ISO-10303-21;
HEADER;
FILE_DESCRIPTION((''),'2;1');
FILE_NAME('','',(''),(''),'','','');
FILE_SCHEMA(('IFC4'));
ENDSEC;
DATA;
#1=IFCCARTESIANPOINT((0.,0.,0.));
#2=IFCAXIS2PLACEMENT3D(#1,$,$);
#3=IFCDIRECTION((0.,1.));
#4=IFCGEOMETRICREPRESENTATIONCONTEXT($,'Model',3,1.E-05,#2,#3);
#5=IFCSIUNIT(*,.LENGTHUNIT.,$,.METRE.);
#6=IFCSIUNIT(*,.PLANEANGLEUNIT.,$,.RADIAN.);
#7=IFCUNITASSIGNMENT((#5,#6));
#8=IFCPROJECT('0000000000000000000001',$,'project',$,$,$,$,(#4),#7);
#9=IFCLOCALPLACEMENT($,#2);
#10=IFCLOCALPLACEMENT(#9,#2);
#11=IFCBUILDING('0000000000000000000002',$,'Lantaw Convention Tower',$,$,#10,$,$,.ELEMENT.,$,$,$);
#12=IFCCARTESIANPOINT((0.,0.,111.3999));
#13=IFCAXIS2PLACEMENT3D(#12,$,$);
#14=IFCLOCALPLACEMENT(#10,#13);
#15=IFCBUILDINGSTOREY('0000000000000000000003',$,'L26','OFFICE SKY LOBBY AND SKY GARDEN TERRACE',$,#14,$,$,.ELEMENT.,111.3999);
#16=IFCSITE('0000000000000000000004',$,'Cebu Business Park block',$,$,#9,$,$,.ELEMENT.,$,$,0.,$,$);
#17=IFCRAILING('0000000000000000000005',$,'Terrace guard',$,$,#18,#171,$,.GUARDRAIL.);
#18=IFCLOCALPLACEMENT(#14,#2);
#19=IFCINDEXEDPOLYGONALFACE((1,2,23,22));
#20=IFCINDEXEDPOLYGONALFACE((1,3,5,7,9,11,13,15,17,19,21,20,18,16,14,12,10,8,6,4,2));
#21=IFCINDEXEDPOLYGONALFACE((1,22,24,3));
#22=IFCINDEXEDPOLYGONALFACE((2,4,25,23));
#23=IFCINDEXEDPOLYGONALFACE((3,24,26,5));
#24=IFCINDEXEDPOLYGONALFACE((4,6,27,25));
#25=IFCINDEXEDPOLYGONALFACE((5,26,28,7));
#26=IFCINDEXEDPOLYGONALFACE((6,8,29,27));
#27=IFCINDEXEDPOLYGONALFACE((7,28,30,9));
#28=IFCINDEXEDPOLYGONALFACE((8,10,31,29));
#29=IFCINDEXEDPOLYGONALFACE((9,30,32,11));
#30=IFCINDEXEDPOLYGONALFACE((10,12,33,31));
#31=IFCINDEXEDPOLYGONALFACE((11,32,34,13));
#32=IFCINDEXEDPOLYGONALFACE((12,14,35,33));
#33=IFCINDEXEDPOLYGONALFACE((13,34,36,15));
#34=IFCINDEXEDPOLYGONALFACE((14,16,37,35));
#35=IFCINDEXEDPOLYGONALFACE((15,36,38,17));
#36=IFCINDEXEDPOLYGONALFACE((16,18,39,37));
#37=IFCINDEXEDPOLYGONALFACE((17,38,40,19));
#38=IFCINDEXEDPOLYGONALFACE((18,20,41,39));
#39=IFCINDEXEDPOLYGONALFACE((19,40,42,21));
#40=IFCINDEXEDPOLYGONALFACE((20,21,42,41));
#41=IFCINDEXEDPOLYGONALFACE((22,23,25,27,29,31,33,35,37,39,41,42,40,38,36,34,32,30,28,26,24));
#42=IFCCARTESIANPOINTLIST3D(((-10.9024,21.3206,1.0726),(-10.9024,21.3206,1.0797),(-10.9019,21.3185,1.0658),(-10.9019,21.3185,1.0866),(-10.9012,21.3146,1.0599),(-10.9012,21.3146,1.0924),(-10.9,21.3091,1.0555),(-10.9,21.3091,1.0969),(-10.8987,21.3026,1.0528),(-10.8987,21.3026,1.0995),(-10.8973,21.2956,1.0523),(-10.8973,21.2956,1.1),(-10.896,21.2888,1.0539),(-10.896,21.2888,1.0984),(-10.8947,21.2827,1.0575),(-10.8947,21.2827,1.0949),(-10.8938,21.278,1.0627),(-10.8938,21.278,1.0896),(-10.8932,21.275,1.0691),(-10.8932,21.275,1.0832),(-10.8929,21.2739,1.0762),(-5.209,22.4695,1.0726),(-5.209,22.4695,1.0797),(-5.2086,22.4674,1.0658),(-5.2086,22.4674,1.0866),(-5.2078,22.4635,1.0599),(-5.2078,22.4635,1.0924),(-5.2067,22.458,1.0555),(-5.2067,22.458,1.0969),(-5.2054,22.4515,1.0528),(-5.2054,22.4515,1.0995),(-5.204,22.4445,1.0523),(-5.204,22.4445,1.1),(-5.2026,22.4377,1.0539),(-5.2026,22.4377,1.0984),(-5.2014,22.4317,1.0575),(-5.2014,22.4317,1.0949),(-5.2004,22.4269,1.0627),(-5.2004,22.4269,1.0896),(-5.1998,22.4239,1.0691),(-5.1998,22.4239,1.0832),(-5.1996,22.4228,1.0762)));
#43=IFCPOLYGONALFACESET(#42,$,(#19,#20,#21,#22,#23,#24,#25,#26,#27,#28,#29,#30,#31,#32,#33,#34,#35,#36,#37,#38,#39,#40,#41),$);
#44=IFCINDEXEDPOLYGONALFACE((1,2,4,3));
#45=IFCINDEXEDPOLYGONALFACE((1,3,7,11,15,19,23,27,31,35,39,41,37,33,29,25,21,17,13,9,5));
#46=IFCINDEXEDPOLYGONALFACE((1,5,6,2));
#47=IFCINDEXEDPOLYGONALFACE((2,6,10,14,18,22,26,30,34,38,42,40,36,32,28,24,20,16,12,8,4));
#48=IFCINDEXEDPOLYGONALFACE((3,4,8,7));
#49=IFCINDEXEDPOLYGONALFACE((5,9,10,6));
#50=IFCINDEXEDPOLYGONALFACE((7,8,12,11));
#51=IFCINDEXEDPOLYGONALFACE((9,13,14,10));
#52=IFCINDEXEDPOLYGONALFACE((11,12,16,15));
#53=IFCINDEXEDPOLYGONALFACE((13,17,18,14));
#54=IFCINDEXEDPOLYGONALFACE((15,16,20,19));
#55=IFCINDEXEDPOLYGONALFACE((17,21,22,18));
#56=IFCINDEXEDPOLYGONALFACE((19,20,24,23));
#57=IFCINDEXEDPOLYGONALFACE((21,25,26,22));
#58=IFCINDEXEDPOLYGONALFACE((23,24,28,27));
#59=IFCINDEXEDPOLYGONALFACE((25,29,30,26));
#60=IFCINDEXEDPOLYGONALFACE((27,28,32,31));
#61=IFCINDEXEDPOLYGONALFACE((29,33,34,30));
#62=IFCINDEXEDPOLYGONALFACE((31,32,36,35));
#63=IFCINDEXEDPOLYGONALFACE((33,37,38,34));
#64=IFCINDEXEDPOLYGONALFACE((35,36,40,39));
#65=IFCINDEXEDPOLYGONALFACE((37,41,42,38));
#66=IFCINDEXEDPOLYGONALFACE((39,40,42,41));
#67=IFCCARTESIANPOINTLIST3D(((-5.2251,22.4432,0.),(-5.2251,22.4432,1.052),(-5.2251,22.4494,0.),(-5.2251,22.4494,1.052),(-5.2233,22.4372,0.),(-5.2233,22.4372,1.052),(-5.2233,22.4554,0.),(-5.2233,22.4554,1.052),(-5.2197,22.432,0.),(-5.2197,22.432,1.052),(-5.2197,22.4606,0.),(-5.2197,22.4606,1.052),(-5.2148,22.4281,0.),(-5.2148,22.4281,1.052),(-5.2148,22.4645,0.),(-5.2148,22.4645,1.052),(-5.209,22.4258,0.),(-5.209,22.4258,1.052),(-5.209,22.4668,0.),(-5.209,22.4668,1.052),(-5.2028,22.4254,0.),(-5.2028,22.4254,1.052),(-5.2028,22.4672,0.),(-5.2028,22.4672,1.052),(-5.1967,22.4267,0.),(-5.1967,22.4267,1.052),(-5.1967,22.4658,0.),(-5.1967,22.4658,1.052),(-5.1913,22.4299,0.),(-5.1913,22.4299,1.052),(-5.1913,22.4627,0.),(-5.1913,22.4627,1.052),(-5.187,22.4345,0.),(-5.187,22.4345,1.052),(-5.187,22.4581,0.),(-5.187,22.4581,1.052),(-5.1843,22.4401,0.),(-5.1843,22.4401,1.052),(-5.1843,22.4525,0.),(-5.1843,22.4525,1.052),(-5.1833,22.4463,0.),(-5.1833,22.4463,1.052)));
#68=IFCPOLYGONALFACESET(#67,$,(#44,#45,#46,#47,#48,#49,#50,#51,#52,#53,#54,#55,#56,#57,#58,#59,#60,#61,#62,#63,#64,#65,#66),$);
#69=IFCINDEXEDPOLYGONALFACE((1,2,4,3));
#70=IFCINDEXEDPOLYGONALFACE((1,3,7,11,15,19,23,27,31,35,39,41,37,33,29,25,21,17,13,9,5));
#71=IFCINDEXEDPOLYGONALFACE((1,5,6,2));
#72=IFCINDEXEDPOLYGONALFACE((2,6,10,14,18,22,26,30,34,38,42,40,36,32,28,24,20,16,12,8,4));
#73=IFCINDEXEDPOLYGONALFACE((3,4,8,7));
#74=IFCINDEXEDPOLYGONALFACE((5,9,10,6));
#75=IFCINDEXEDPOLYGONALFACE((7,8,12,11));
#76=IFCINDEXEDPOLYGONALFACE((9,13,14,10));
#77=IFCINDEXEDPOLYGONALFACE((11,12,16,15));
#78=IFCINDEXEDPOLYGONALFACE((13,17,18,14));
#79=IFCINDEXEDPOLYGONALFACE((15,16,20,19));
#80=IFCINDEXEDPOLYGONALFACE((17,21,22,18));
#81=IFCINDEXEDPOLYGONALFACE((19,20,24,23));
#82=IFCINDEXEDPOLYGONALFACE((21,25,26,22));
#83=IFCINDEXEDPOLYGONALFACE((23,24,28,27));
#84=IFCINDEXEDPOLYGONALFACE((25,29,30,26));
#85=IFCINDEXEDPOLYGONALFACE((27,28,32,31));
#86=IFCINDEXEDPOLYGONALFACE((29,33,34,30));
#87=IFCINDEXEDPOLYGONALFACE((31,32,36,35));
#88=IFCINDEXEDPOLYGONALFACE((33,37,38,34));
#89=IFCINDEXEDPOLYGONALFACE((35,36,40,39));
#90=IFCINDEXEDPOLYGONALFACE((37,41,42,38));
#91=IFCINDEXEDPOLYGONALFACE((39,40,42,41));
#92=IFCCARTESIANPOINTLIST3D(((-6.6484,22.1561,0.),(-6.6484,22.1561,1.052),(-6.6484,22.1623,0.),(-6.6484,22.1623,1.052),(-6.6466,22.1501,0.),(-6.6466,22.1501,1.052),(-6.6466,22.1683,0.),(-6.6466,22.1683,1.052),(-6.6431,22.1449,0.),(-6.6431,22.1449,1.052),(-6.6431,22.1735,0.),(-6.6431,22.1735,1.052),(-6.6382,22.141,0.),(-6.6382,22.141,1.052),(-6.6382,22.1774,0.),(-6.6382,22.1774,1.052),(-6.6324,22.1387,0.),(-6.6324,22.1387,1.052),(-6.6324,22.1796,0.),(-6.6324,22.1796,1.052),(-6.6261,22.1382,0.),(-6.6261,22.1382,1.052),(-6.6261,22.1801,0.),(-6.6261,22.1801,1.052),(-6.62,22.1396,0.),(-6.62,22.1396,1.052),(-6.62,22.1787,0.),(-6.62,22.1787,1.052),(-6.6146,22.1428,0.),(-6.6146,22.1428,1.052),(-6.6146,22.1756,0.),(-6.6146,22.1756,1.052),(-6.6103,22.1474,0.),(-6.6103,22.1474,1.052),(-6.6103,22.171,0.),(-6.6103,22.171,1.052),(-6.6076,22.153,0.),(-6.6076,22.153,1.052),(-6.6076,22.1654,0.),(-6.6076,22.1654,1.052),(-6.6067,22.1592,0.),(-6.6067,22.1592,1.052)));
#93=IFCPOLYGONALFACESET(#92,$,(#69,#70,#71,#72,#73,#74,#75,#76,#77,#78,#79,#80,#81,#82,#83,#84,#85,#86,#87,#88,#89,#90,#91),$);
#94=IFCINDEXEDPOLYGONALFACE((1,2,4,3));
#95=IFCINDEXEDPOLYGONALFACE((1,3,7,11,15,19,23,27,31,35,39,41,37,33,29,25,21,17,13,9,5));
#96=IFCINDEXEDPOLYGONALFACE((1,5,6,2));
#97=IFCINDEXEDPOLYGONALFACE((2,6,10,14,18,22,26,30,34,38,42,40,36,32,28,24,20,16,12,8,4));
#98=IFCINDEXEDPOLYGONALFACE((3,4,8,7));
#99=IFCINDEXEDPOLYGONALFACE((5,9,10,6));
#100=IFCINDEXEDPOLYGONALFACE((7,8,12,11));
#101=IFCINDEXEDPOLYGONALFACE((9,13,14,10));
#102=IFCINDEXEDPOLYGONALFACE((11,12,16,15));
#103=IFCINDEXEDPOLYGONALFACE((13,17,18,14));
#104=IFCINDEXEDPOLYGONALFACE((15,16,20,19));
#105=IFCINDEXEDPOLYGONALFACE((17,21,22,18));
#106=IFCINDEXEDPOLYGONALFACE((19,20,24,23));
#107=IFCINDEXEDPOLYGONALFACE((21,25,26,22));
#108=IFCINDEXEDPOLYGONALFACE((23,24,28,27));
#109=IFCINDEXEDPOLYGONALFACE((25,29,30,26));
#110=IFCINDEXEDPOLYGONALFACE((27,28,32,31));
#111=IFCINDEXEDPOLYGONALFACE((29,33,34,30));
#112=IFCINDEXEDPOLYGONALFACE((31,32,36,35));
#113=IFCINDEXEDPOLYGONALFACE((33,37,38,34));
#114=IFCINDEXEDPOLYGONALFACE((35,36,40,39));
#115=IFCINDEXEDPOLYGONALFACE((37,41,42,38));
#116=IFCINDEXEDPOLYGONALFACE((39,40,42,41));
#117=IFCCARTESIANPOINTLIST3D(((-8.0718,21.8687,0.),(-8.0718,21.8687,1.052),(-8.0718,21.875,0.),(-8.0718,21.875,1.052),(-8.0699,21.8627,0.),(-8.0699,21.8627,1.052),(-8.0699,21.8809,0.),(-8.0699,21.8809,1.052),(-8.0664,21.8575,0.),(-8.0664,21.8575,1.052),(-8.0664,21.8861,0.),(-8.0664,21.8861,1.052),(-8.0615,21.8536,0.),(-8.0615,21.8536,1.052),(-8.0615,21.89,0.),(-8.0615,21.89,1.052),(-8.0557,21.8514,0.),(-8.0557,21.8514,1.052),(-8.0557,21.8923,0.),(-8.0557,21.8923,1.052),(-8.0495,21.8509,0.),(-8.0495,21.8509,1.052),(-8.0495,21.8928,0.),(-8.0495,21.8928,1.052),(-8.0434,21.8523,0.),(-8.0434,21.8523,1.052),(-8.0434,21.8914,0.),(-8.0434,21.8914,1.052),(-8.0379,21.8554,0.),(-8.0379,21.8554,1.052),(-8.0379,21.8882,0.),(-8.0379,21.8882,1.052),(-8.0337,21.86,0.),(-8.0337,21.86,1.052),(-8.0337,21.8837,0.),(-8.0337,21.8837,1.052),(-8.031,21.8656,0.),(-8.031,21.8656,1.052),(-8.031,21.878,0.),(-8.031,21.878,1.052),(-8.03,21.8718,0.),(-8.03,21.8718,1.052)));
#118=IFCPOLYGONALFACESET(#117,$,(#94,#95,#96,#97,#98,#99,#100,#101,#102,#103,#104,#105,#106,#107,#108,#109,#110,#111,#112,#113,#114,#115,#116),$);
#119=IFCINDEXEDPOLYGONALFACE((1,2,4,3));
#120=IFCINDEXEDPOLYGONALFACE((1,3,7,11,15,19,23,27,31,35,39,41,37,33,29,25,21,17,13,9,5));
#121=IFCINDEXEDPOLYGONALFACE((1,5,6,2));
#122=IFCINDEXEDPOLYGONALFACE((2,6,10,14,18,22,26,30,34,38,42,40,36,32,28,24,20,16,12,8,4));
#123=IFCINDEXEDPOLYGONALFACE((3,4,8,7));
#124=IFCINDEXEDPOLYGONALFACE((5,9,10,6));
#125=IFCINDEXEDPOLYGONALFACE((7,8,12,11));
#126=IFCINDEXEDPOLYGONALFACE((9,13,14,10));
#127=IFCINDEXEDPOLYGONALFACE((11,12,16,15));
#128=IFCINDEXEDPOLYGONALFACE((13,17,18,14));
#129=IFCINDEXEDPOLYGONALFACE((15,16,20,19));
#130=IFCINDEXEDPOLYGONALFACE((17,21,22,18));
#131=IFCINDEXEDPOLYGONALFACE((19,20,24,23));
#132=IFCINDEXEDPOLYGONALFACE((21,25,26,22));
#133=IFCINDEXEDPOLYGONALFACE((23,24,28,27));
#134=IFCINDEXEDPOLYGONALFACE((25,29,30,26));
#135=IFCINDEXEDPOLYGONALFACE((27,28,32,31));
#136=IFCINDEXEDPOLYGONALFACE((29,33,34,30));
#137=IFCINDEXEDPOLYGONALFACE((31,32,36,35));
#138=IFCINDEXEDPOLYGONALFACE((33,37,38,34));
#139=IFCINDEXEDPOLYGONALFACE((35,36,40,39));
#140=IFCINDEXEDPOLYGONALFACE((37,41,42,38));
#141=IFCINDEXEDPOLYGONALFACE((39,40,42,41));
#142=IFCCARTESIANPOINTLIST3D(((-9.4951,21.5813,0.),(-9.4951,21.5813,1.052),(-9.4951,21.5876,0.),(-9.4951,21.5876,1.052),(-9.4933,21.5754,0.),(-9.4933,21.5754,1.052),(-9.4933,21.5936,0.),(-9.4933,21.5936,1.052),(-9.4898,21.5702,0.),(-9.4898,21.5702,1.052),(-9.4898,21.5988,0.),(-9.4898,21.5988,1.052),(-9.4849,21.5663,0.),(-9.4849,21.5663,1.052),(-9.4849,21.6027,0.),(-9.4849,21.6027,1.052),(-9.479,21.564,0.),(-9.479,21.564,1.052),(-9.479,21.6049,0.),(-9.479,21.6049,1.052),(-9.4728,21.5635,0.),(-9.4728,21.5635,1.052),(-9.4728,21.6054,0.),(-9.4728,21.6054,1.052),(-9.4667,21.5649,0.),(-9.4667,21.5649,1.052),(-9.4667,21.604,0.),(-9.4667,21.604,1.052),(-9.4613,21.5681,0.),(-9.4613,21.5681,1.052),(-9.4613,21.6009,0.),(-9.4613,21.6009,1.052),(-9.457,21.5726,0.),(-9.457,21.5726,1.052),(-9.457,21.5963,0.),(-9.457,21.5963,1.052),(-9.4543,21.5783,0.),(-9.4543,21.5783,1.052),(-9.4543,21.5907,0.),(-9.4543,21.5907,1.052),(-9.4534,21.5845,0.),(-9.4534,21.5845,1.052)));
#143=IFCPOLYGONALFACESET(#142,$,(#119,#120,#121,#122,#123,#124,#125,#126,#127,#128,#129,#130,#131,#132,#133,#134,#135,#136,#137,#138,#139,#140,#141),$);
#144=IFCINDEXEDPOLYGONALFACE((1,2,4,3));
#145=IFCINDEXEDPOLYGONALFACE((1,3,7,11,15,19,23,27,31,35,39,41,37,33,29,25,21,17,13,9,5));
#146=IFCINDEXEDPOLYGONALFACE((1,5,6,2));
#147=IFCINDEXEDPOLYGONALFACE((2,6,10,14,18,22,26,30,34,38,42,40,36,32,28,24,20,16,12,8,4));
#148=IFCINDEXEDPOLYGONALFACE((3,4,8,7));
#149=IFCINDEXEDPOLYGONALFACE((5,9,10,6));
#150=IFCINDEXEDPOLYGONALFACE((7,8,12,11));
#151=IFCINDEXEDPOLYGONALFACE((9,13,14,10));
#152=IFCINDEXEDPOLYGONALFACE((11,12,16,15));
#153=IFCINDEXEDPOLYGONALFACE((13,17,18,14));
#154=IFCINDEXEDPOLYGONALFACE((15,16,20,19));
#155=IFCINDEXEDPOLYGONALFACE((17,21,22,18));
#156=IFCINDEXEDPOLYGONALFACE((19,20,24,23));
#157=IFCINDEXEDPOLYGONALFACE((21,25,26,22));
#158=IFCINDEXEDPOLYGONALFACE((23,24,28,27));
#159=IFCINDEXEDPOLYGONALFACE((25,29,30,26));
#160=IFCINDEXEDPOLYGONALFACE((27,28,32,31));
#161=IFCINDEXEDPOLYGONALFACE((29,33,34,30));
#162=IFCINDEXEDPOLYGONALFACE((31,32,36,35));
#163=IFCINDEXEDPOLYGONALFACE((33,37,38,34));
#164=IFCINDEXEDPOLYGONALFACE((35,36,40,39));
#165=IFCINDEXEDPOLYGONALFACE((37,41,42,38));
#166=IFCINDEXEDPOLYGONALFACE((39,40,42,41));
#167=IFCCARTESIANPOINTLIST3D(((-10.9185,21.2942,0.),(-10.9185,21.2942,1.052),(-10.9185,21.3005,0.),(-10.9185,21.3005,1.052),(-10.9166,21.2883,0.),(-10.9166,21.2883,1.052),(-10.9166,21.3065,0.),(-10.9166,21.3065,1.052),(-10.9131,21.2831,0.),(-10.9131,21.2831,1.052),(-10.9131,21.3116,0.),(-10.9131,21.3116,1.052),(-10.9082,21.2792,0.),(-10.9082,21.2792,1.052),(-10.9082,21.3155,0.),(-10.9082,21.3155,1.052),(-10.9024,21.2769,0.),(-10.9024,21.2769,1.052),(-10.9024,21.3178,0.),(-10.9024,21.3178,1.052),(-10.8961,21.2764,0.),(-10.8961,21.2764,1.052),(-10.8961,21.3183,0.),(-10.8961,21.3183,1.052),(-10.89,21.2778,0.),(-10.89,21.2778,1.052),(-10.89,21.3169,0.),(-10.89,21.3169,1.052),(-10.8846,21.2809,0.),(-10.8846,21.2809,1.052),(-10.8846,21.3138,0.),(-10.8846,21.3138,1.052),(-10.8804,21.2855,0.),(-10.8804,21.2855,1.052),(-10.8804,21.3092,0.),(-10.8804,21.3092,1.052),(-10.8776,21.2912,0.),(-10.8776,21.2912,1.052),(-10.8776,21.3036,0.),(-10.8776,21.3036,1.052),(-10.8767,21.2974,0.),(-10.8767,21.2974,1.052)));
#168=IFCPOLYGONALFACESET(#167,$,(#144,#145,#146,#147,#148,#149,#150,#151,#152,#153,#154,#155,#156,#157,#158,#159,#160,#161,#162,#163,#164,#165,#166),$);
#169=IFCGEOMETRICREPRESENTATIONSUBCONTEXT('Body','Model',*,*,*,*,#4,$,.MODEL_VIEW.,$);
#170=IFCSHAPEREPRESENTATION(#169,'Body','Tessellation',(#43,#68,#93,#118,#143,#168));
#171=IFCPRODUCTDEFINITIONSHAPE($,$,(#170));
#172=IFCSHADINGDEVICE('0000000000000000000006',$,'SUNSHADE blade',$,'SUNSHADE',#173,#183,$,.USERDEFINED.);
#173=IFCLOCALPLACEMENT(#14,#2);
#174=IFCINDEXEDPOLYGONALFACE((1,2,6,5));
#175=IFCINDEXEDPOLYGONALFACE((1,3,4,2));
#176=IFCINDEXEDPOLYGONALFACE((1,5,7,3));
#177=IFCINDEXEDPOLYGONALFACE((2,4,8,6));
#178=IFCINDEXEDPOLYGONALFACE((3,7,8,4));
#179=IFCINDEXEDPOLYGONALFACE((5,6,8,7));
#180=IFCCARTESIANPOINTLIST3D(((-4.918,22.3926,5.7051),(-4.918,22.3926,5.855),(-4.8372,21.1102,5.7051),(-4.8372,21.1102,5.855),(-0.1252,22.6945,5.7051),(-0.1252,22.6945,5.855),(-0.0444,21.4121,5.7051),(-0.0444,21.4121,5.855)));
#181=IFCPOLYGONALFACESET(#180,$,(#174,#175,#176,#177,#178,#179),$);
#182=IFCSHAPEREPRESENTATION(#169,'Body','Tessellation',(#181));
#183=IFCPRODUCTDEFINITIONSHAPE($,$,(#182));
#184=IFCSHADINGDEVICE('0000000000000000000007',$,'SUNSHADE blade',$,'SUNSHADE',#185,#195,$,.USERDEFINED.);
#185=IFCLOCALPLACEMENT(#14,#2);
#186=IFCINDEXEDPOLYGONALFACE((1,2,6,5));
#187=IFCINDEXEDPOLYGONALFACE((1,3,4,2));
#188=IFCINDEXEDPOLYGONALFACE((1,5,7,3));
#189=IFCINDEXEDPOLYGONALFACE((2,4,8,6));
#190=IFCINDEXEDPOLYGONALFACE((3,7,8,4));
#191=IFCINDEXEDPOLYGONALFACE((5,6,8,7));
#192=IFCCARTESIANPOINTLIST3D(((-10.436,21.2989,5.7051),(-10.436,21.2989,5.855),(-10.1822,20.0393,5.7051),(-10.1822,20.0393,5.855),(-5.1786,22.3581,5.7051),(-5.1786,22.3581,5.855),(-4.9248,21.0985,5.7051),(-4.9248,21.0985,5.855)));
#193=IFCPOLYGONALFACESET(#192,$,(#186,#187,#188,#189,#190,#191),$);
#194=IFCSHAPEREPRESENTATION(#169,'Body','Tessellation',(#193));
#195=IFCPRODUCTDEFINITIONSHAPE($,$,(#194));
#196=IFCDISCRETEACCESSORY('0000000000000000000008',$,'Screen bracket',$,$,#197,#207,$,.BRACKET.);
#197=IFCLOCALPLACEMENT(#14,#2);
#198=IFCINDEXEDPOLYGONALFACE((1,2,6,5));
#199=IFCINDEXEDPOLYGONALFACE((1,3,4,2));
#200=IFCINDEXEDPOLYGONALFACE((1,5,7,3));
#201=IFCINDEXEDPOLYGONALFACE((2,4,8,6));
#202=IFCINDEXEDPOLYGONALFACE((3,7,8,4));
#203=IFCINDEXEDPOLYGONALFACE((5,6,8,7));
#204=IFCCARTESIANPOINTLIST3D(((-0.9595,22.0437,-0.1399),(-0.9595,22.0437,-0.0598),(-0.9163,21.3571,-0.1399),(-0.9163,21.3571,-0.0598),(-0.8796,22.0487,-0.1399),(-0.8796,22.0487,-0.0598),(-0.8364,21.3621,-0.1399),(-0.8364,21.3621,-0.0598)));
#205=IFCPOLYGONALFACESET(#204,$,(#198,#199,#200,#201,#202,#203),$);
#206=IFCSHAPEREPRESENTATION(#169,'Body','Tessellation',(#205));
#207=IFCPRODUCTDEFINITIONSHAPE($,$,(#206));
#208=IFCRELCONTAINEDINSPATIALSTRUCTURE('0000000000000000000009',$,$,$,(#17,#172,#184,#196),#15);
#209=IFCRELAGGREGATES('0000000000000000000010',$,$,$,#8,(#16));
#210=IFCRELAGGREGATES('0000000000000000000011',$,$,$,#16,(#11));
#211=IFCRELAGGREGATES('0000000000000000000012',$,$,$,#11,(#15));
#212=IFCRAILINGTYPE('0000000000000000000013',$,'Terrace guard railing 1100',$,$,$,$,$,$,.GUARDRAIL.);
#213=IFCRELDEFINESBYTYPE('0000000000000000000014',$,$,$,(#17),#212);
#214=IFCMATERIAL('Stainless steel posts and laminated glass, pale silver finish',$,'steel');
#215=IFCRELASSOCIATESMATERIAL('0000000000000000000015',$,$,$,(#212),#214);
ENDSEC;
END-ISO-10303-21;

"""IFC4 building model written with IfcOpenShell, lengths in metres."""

from ifc_helpers import new_model, si_unit, direction, frame, origin, origin_2d, place, context, subcontext, project, spatial, rectangle, circle, extrude, material, type_object, element, save


model = new_model("IFC4")

# Units and contexts
model_context = context("Model", 3, precision=1e-05, world=origin(), true_north=direction((0.0, 1.0)))
body_context = subcontext(model_context, "Body", "Model", "MODEL_VIEW")
ifc_project = project(units=[si_unit("LENGTHUNIT", "METRE"), si_unit("PLANEANGLEUNIT", "RADIAN")], contexts=[model_context])

# Site, building, storey
site_placement = place(None, origin())
site = spatial("IfcSite", under=ifc_project, at=site_placement, Name="Cebu Business Park block", CompositionType="ELEMENT", RefElevation=0.0)
building_placement = place(site_placement, origin())
building = spatial("IfcBuilding", under=site, at=building_placement, Name="Lantaw Convention Tower", CompositionType="ELEMENT")
storey_placement = place(building_placement, frame((0.0, 0.0, 111.3999)))
storey = spatial("IfcBuildingStorey", under=building, at=storey_placement, Name="L26", Description="OFFICE SKY LOBBY AND SKY GARDEN TERRACE", CompositionType="ELEMENT", Elevation=111.3999)

# Railing
ifc_material_1 = material(Name="Stainless steel posts and laminated glass, pale silver finish", Category="steel")
railing_type = type_object("IfcRailingType", Name="Terrace guard railing 1100", PredefinedType="GUARDRAIL", material=ifc_material_1)
railing_placement = place(storey_placement, frame((-5.2043, 22.4463, 0.0)))
element("IfcRailing", 1, at=railing_placement, inside=storey, type_object=railing_type, Name="Terrace guard", PredefinedType="GUARDRAIL", context=body_context, shape_type="SweptSolid", body=[
    extrude(circle(Radius=0.0239, at=origin_2d()), frame((0.0, 0.0, 1.0762), z_axis=(-0.98024, -0.197813, 0.0), x_axis=(0.197813, -0.98024, 0.0)), (0.0, 0.0, 1.0), 5.8081),
    extrude(circle(Radius=0.021, at=origin_2d()), origin(), (0.0, 0.0, 1.0), 1.052),
    extrude(circle(Radius=0.021, at=origin_2d()), frame((-1.4233, -0.2871, 0.0)), (0.0, 0.0, 1.0), 1.052),
    extrude(circle(Radius=0.021, at=origin_2d()), frame((-2.8467, -0.5745, 0.0)), (0.0, 0.0, 1.0), 1.052),
    extrude(circle(Radius=0.021, at=origin_2d()), frame((-4.27, -0.8618, 0.0)), (0.0, 0.0, 1.0), 1.052),
    extrude(circle(Radius=0.021, at=origin_2d()), frame((-5.6934, -1.1489, 0.0)), (0.0, 0.0, 1.0), 1.052),
])

# Shading devices
shading_device_1_placement = place(storey_placement, frame((-2.4812, 21.9023, 5.7051), z_axis=(0.0, 0.0, 1.0), x_axis=(-0.998022, -0.062865, 0.0)))
element("IfcShadingDevice", 2, at=shading_device_1_placement, inside=storey, Name="SUNSHADE blade", ObjectType="SUNSHADE", PredefinedType="USERDEFINED", context=body_context, shape_type="SweptSolid", body=[
    extrude(rectangle(XDim=4.8022, YDim=1.2849, at=origin_2d()), origin(), (0.0, 0.0, 1.0), 0.1499),
])
shading_device_2_placement = place(storey_placement, frame((-7.6804, 21.1987, 5.7051), z_axis=(0.0, 0.0, 1.0), x_axis=(-0.980302, -0.197507, 0.0)))
element("IfcShadingDevice", 3, at=shading_device_2_placement, inside=storey, Name="SUNSHADE blade", ObjectType="SUNSHADE", PredefinedType="USERDEFINED", context=body_context, shape_type="SweptSolid", body=[
    extrude(rectangle(XDim=5.363, YDim=1.2849, at=origin_2d()), origin(), (0.0, 0.0, 1.0), 0.1499),
])

# Discrete accessory
for number, where, z_axis, x_axis, name in (
    (4, (-0.8979, 21.7029, -0.1399), (0.0, 0.0, 1.0), (-0.998022, -0.062865, 0.0), "Screen bracket"),
):
    element("IfcDiscreteAccessory", number, at=place(storey_placement, frame(where, z_axis=z_axis, x_axis=x_axis)), inside=storey, Name=name, PredefinedType="BRACKET", context=body_context, shape_type="SweptSolid", body=[
        extrude(rectangle(XDim=0.0801, YDim=0.688, at=origin_2d()), origin(), (0.0, 0.0, 1.0), 0.0801),
    ])

save(model, "model.ifc")
